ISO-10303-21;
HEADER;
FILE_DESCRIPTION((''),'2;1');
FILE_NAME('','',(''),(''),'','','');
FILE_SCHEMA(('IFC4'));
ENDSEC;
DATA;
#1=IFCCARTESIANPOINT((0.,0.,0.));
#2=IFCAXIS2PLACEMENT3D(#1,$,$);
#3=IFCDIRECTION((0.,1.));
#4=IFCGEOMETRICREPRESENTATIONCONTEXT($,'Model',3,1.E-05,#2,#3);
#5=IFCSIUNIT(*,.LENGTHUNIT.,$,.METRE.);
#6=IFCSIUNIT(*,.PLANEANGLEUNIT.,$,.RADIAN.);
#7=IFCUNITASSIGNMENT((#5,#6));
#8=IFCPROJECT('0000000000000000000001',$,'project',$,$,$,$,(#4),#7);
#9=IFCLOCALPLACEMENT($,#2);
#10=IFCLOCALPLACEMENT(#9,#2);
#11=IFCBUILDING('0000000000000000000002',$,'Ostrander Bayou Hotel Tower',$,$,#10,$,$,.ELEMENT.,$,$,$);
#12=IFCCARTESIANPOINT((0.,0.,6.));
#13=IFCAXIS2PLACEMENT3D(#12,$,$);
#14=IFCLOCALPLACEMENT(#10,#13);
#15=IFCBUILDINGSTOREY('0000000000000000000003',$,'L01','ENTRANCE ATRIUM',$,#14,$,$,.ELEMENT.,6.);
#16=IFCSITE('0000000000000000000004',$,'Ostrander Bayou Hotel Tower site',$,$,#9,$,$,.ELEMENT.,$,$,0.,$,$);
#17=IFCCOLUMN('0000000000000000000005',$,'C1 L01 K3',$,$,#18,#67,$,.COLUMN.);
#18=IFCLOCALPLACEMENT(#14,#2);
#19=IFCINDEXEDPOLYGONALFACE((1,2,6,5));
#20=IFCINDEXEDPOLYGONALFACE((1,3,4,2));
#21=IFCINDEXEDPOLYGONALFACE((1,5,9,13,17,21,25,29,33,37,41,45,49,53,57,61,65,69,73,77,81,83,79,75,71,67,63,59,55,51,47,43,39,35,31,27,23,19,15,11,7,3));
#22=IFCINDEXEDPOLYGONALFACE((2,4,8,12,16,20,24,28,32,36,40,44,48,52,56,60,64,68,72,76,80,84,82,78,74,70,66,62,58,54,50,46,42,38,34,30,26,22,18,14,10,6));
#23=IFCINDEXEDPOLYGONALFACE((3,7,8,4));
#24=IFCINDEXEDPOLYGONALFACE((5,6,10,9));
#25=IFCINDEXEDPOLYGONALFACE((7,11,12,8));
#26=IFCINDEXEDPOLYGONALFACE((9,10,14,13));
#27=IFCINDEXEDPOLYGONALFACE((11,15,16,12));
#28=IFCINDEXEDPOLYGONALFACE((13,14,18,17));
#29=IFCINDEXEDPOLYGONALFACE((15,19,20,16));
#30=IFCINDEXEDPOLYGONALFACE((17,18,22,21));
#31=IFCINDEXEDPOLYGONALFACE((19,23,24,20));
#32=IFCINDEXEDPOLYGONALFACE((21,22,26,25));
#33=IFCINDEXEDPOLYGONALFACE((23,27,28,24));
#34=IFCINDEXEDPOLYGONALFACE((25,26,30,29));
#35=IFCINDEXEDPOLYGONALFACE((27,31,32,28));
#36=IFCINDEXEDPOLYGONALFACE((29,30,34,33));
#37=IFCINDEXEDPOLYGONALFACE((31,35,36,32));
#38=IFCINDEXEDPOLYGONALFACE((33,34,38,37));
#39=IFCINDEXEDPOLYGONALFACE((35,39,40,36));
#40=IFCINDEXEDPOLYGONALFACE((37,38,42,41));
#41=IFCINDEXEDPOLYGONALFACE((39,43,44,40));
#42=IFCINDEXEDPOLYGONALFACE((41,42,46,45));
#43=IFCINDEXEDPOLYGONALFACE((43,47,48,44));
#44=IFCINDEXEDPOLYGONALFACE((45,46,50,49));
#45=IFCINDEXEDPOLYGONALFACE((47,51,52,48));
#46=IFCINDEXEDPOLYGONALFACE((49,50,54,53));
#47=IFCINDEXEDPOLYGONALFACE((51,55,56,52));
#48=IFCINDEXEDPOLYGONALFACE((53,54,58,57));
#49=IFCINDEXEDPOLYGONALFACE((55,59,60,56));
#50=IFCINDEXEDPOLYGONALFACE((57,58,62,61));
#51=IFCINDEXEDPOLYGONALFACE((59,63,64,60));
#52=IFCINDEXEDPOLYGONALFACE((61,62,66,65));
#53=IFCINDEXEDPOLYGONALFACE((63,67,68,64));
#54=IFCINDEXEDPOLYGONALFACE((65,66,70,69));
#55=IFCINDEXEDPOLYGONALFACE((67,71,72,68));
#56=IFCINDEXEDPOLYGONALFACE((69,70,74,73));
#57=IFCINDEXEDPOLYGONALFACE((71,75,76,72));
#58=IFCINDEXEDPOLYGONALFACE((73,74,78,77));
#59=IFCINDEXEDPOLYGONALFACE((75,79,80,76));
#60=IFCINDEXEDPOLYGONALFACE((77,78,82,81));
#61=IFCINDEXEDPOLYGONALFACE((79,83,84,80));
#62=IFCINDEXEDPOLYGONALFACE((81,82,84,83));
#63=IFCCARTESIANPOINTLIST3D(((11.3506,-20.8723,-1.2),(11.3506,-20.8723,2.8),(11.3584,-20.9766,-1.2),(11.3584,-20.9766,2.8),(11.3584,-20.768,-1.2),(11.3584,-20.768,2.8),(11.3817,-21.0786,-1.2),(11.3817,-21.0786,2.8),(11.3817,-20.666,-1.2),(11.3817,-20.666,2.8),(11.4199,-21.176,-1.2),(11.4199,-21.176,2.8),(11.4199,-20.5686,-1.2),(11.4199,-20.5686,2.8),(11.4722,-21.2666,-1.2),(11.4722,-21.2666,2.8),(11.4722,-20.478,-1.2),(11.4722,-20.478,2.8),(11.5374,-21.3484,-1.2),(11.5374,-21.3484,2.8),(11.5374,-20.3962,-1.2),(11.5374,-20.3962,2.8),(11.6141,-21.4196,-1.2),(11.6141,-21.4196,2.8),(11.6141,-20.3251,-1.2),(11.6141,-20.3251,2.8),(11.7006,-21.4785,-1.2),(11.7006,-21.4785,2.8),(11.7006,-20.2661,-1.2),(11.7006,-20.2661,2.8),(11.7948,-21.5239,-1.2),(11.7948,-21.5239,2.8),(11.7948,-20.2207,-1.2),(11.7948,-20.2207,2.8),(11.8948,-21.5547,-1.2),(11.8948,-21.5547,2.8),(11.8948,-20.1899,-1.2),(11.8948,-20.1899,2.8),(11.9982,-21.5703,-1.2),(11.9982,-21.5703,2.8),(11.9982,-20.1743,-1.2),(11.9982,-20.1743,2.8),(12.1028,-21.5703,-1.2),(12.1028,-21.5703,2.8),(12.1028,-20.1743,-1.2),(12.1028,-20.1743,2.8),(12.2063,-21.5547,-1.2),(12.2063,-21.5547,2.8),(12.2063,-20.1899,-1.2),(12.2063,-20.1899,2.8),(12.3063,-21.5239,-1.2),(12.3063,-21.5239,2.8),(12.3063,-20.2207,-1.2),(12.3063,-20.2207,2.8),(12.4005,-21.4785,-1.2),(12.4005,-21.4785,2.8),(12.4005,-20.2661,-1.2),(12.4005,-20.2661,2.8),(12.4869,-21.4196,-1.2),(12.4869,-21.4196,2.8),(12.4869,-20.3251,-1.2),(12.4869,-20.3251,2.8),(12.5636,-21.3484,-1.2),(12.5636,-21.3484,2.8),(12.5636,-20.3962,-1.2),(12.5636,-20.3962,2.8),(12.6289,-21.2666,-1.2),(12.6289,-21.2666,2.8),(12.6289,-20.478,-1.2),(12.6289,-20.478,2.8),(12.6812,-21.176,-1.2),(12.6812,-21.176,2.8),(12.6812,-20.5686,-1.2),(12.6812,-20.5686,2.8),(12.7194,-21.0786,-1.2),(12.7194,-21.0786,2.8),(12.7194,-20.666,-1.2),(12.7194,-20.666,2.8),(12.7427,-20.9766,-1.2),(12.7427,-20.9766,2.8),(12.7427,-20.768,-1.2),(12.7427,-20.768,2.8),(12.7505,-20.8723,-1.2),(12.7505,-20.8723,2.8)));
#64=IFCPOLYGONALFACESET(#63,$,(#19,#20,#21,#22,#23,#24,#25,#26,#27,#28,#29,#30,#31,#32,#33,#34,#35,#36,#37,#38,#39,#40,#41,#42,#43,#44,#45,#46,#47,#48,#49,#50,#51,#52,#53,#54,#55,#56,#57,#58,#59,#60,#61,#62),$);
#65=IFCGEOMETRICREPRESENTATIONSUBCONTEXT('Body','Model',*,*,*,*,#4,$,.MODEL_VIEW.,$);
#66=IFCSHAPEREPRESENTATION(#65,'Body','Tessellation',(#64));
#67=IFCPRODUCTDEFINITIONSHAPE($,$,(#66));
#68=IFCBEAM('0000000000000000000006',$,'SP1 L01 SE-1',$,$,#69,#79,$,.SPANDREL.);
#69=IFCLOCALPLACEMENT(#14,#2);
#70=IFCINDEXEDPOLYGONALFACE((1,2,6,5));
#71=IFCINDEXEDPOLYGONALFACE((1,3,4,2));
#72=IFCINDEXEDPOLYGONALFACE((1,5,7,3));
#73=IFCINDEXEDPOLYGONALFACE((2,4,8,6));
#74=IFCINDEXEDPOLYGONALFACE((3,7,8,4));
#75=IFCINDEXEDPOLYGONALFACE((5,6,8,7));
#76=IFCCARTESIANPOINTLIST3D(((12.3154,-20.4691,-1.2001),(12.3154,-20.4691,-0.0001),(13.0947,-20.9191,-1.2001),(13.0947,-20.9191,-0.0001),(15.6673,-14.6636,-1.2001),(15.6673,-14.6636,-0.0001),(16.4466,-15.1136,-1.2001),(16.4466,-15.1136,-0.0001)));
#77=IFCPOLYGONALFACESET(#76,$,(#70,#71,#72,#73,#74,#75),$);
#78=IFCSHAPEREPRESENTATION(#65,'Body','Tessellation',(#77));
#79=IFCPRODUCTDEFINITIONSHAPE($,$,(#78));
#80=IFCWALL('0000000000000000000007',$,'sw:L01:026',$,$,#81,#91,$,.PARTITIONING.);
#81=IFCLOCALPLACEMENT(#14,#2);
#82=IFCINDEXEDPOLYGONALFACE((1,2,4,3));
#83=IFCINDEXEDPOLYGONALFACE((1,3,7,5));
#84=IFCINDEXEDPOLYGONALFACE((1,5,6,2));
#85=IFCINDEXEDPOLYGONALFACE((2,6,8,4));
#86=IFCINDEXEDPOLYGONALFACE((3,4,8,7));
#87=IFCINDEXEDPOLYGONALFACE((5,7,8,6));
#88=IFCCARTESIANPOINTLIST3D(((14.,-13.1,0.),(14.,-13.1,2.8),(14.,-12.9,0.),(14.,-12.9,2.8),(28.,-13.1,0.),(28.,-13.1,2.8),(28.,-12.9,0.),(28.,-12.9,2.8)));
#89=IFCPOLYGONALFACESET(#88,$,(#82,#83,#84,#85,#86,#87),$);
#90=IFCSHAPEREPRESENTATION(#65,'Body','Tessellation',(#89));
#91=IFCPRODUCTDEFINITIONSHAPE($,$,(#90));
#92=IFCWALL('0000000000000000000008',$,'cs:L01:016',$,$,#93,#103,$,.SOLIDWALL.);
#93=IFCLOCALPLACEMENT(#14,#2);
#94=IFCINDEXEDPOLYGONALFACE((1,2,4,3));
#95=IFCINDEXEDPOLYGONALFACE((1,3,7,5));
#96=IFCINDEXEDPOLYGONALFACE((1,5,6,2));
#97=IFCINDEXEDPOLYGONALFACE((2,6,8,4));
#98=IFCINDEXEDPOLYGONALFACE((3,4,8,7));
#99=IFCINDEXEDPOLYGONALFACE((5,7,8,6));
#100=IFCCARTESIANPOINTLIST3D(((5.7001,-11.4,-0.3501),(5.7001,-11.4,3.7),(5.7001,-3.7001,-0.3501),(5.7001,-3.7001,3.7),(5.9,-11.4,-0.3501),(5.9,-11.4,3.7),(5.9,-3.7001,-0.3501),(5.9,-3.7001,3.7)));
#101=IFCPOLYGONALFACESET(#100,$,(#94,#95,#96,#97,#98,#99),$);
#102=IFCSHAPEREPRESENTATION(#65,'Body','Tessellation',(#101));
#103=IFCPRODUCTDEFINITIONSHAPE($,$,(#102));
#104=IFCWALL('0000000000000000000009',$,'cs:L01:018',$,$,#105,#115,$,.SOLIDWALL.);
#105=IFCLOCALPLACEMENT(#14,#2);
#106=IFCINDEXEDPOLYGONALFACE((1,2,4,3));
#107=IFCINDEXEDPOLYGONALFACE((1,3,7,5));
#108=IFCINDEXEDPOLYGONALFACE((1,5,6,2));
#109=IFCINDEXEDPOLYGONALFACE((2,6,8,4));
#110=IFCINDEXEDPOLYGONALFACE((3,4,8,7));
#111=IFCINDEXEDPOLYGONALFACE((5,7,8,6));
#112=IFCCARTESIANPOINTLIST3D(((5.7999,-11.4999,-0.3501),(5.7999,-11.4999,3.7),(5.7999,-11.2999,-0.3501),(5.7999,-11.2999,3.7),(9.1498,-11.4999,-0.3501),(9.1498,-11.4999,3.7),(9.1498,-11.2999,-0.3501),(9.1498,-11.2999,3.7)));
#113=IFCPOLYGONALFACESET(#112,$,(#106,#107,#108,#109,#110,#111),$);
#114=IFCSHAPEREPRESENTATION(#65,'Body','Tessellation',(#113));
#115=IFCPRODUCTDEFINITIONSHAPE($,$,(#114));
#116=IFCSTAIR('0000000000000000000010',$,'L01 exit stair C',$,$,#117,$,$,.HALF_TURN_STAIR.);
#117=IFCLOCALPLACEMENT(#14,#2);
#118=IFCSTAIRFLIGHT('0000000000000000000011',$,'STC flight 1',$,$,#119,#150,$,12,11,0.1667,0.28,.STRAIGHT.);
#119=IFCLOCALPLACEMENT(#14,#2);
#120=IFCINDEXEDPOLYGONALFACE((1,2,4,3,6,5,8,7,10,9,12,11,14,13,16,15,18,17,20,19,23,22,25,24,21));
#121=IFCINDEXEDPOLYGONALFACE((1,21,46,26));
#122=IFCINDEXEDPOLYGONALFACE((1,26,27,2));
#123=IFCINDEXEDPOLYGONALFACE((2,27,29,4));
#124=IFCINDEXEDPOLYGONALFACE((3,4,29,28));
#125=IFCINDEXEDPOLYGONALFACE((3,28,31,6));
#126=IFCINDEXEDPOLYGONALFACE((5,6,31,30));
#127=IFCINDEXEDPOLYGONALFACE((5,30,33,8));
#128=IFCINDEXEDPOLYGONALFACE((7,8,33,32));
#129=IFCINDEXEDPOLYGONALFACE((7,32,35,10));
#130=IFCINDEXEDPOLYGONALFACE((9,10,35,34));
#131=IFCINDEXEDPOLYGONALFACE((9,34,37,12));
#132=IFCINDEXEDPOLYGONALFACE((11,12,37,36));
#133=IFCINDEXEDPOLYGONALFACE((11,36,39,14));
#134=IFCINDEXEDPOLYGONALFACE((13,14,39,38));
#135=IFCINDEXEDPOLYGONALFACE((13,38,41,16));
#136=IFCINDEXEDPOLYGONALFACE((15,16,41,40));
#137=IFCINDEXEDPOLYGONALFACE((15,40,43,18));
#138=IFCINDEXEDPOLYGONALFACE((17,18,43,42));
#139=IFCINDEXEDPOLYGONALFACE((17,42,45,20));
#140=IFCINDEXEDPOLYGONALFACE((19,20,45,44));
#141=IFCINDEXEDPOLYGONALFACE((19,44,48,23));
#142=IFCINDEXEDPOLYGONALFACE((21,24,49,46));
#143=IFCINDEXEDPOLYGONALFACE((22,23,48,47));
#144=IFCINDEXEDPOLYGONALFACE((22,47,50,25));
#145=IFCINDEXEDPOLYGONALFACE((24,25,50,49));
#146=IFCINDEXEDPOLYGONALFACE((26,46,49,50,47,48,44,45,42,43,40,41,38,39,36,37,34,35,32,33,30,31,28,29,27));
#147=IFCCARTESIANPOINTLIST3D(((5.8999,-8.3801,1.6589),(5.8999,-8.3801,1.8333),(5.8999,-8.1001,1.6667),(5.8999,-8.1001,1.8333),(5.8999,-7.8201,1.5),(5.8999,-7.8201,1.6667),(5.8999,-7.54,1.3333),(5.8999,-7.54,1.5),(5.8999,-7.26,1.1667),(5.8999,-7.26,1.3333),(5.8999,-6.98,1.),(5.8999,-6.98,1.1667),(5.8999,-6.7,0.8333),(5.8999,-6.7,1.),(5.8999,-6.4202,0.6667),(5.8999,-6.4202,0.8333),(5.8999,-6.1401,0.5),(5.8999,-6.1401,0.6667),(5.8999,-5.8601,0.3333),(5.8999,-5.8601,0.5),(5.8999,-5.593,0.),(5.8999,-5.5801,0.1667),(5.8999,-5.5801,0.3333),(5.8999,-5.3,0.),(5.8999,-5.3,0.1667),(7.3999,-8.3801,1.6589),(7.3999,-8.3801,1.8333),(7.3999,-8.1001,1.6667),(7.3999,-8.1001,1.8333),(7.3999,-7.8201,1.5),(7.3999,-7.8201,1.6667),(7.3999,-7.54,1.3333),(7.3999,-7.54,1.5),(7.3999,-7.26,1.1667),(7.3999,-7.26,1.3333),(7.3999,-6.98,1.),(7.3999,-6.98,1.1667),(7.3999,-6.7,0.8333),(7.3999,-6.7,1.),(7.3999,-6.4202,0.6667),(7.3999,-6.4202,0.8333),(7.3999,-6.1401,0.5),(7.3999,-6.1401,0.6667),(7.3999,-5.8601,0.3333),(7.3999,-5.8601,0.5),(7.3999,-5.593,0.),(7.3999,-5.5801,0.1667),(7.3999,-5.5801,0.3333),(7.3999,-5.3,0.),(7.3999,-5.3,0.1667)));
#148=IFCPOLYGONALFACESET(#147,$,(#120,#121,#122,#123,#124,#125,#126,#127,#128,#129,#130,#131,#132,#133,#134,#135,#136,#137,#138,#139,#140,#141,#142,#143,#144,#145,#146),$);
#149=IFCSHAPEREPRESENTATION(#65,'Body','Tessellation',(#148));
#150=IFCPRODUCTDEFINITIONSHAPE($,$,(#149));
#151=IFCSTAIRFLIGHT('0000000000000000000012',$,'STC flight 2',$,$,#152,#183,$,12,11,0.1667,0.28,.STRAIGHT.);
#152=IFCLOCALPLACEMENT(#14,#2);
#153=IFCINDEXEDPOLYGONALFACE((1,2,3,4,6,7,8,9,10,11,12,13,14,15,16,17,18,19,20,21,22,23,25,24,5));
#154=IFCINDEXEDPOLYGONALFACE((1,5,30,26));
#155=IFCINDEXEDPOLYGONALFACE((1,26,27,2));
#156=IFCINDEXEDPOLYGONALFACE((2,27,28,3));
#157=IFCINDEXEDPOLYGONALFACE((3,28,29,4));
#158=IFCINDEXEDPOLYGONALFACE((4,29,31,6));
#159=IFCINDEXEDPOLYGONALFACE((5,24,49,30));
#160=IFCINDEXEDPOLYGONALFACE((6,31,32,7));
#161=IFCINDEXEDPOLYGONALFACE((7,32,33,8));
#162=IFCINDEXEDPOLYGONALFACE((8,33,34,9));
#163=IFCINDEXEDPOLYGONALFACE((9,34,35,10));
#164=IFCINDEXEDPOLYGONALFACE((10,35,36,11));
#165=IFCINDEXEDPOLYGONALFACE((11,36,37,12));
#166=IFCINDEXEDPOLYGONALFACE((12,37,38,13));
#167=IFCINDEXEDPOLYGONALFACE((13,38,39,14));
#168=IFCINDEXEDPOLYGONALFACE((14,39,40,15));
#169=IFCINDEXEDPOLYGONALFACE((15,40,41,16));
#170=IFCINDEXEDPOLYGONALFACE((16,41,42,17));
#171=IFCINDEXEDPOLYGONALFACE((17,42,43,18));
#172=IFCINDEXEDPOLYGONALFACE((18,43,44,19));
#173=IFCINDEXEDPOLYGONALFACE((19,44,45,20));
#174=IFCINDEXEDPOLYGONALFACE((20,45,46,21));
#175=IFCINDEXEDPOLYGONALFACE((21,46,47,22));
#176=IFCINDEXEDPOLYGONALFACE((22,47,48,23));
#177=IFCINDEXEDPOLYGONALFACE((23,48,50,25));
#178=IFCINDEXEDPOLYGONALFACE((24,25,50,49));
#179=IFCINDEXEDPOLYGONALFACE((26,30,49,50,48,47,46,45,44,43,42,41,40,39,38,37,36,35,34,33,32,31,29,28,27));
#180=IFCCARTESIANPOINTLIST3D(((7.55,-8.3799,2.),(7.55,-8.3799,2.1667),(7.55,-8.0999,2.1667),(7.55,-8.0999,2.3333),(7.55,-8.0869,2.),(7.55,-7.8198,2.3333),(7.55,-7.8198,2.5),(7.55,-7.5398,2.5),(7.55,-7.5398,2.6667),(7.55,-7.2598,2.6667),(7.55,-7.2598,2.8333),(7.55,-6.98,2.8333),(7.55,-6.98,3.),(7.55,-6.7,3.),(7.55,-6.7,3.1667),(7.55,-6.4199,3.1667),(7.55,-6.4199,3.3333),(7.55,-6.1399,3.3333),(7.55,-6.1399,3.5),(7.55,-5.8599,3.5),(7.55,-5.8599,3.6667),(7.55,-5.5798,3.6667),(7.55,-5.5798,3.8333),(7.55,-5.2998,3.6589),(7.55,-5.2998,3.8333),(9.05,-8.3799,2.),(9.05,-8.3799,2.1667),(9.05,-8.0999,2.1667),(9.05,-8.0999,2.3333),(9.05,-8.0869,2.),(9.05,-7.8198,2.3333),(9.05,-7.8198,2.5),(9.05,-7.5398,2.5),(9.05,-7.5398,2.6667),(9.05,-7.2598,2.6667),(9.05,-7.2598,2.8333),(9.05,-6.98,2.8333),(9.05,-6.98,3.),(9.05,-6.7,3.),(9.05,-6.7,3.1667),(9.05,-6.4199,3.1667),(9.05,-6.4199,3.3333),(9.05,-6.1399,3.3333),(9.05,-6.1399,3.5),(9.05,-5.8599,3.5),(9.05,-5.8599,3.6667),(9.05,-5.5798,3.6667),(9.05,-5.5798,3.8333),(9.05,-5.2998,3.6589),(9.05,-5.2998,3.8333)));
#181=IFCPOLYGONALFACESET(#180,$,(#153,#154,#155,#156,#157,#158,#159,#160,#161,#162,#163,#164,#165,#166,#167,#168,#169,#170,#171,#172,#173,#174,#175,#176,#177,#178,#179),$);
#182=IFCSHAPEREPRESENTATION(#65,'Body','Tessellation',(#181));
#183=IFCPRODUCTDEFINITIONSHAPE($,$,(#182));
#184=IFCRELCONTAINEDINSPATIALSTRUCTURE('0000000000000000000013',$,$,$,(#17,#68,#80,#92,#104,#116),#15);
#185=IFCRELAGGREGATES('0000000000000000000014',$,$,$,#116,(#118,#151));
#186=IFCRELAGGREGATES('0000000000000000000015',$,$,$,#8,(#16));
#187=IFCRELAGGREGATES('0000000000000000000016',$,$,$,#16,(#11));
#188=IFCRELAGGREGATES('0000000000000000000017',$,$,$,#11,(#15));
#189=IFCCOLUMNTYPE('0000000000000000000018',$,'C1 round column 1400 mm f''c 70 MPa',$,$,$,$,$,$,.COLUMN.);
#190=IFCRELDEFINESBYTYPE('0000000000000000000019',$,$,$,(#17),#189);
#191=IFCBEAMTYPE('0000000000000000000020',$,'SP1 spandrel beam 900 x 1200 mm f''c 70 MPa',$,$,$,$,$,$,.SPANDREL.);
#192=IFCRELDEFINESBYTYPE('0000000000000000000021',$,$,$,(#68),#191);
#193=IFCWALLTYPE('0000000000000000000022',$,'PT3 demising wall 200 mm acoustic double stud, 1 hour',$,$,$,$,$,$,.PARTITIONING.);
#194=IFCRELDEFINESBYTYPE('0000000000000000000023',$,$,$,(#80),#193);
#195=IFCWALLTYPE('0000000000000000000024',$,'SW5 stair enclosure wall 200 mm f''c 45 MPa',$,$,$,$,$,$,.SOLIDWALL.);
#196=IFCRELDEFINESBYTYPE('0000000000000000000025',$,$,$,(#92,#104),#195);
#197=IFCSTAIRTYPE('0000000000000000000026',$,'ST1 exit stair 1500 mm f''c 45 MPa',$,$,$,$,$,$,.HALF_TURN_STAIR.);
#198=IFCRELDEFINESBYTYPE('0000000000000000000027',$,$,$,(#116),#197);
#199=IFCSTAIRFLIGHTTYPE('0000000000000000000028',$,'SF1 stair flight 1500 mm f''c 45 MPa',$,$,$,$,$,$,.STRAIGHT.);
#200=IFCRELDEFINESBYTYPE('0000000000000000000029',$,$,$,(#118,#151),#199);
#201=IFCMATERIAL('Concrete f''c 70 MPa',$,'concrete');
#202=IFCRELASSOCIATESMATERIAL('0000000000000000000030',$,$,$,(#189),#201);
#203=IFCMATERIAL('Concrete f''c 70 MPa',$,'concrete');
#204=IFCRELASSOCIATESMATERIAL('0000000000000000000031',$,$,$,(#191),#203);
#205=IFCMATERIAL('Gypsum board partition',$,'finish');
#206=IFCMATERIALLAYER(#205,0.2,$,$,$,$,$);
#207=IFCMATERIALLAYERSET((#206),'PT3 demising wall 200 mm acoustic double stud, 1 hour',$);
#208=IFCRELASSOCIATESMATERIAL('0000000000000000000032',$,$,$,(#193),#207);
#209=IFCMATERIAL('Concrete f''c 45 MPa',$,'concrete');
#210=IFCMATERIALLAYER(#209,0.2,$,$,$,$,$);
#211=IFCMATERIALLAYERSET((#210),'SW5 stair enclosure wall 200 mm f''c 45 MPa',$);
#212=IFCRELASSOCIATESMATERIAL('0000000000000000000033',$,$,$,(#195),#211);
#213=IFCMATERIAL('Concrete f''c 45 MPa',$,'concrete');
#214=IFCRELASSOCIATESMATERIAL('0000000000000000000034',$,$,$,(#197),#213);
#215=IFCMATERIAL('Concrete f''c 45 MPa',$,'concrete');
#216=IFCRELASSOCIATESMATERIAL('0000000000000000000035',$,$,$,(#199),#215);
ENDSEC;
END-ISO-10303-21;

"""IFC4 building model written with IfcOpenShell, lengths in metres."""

from ifc_helpers import new_model, si_unit, direction, frame, frame_2d, origin, origin_2d, place, context, subcontext, project, spatial, polyline, rectangle, circle, outline, extrude, material, layer, layer_set, material_profile, profile_set, type_object, element, aggregate, save


model = new_model("IFC4")

# Units and contexts
model_context = context("Model", 3, precision=1e-05, world=origin(), true_north=direction((0.0, 1.0)))
body_context = subcontext(model_context, "Body", "Model", "MODEL_VIEW")
ifc_project = project(units=[si_unit("LENGTHUNIT", "METRE"), si_unit("PLANEANGLEUNIT", "RADIAN")], contexts=[model_context])

# Site, building, storey
site_placement = place(None, origin())
site = spatial("IfcSite", under=ifc_project, at=site_placement, Name="Ostrander Bayou Hotel Tower site", CompositionType="ELEMENT", RefElevation=0.0)
building_placement = place(site_placement, origin())
building = spatial("IfcBuilding", under=site, at=building_placement, Name="Ostrander Bayou Hotel Tower", CompositionType="ELEMENT")
storey_placement = place(building_placement, frame((0.0, 0.0, 6.0)))
storey = spatial("IfcBuildingStorey", under=building, at=storey_placement, Name="L01", Description="ENTRANCE ATRIUM", CompositionType="ELEMENT", Elevation=6.0)

# Column
ifc_material_1 = material(Name="Concrete f'c 70 MPa", Category="concrete")
ifc_material_profile_1 = material_profile(ifc_material_1, circle(Radius=0.7, at=origin_2d()))
ifc_profile_set_1 = profile_set([ifc_material_profile_1], Name="Concrete f'c 70 MPa")
column_type = type_object("IfcColumnType", Name="C1 round column 1400 mm f'c 70 MPa", PredefinedType="COLUMN", material=ifc_profile_set_1)
column_placement = place(storey_placement, frame((12.0505, -20.8723, -1.2), z_axis=(0.0, 0.0, 1.0), x_axis=(1.0, 0.0, 0.0)))
element("IfcColumn", 1, at=column_placement, inside=storey, type_object=column_type, Name="C1 L01 K3", PredefinedType="COLUMN", context=body_context, shape_type="SweptSolid", body=[
    extrude(circle(Radius=0.7, at=origin_2d()), origin(), (0.0, 0.0, 1.0), 4.0),
])

# Beam
ifc_material_2 = material(Name="Concrete f'c 70 MPa", Category="concrete")
ifc_material_profile_2 = material_profile(ifc_material_2, rectangle(XDim=0.8999, YDim=1.2, at=origin_2d()))
ifc_profile_set_2 = profile_set([ifc_material_profile_2], Name="Concrete f'c 70 MPa")
beam_type = type_object("IfcBeamType", Name="SP1 spandrel beam 900 x 1200 mm f'c 70 MPa", PredefinedType="SPANDREL", material=ifc_profile_set_2)
beam_placement = place(storey_placement, frame((12.7051, -20.6941, -0.6001), z_axis=(0.500005, 0.866022, 0.0), x_axis=(-0.866022, 0.500005, 0.0)))
element("IfcBeam", 2, at=beam_placement, inside=storey, type_object=beam_type, Name="SP1 L01 SE-1", PredefinedType="SPANDREL", context=body_context, shape_type="SweptSolid", body=[
    extrude(rectangle(XDim=0.8999, YDim=1.2, at=origin_2d()), origin(), (0.0, 0.0, 1.0), 6.7036),
])

# Wall
ifc_material_3 = material(Name="Gypsum board partition", Category="finish")
ifc_layer_1 = layer(ifc_material_3, 0.2)
ifc_layer_set_1 = layer_set([ifc_layer_1], Name="PT3 demising wall 200 mm acoustic double stud, 1 hour")
wall_type_1 = type_object("IfcWallType", Name="PT3 demising wall 200 mm acoustic double stud, 1 hour", PredefinedType="PARTITIONING", material=ifc_layer_set_1)
wall_1_placement = place(storey_placement, frame((14.0, -13.0, 0.0), z_axis=(0.0, 0.0, 1.0), x_axis=(1.0, 0.0, 0.0)))
element("IfcWall", 3, at=wall_1_placement, inside=storey, type_object=wall_type_1, Name="sw:L01:026", PredefinedType="PARTITIONING", context=body_context, shape_type="SweptSolid", body=[
    extrude(rectangle(XDim=14.0, YDim=0.2, at=frame_2d((7.0, 0.0))), origin(), (0.0, 0.0, 1.0), 2.8),
])

# Shared definitions
ifc_material_4 = material(Name="Concrete f'c 45 MPa", Category="concrete")
ifc_layer_2 = layer(ifc_material_4, 0.2)
ifc_layer_set_2 = layer_set([ifc_layer_2], Name="SW5 stair enclosure wall 200 mm f'c 45 MPa")
wall_type_2 = type_object("IfcWallType", Name="SW5 stair enclosure wall 200 mm f'c 45 MPa", PredefinedType="SOLIDWALL", material=ifc_layer_set_2)

# Walls
wall_2_placement = place(storey_placement, frame((5.8, -3.7, -0.3501), z_axis=(0.0, 0.0, 1.0), x_axis=(0.0, -1.0, 0.0)))
element("IfcWall", 4, at=wall_2_placement, inside=storey, type_object=wall_type_2, Name="cs:L01:016", PredefinedType="SOLIDWALL", context=body_context, shape_type="SweptSolid", body=[
    extrude(rectangle(XDim=7.7, YDim=0.2, at=frame_2d((3.8501, 0.0))), origin(), (0.0, 0.0, 1.0), 4.05),
])
wall_3_placement = place(storey_placement, frame((5.8, -11.3999, -0.3501), z_axis=(0.0, 0.0, 1.0), x_axis=(1.0, 0.0, 0.0)))
element("IfcWall", 5, at=wall_3_placement, inside=storey, type_object=wall_type_2, Name="cs:L01:018", PredefinedType="SOLIDWALL", context=body_context, shape_type="SweptSolid", body=[
    extrude(rectangle(XDim=3.3499, YDim=0.2, at=frame_2d((1.6748, 0.0))), origin(), (0.0, 0.0, 1.0), 4.05),
])

# Stair, stair flights
ifc_material_5 = material(Name="Concrete f'c 45 MPa", Category="concrete")
stair_type = type_object("IfcStairType", Name="ST1 exit stair 1500 mm f'c 45 MPa", PredefinedType="HALF_TURN_STAIR", material=ifc_material_5)
stair_placement = place(storey_placement, origin())
stair = element("IfcStair", 6, at=stair_placement, inside=storey, type_object=stair_type, Name="L01 exit stair C", PredefinedType="HALF_TURN_STAIR")
ifc_material_6 = material(Name="Concrete f'c 45 MPa", Category="concrete")
stair_flight_type = type_object("IfcStairFlightType", Name="SF1 stair flight 1500 mm f'c 45 MPa", PredefinedType="STRAIGHT", material=ifc_material_6)
stair_flight_1_placement = place(storey_placement, frame((6.6499, -5.3, 0.0), z_axis=(0.0, 0.0, 1.0), x_axis=(0.0, -1.0, 0.0)))
stair_flight_1 = element("IfcStairFlight", 7, at=stair_flight_1_placement, type_object=stair_flight_type, Name="STC flight 1", NumberOfRisers=12, NumberOfTreads=11, PredefinedType="STRAIGHT", RiserHeight=0.1667, TreadLength=0.28, context=body_context, shape_type="SweptSolid", body=[
    extrude(outline(polyline([(0.0, 0.0), (0.0, 0.1667), (0.28, 0.1667), (0.28, 0.3333), (0.5601, 0.3333), (0.5601, 0.5), (0.8401, 0.5), (0.8401, 0.6667), (1.1201, 0.6667), (1.1201, 0.8333), (1.3999, 0.8333), (1.3999, 1.0), (1.6799, 1.0), (1.6799, 1.1667), (1.96, 1.1667), (1.96, 1.3333), (2.24, 1.3333), (2.24, 1.5), (2.52, 1.5), (2.52, 1.6667), (2.8, 1.6667), (2.8, 1.8333), (3.0801, 1.8333), (3.0801, 2.0), (3.0801, 1.6589), (0.293, 0.0), (0.0, 0.0)])), frame((0.0, 0.75, 0.0), z_axis=(0.0, -1.0, 0.0), x_axis=(1.0, 0.0, 0.0)), (0.0, 0.0, 1.0), 1.5),
])
stair_flight_2_placement = place(storey_placement, frame((8.3, -8.3799, 2.0), z_axis=(0.0, 0.0, 1.0), x_axis=(0.0, 1.0, 0.0)))
stair_flight_2 = element("IfcStairFlight", 8, at=stair_flight_2_placement, type_object=stair_flight_type, Name="STC flight 2", NumberOfRisers=12, NumberOfTreads=11, PredefinedType="STRAIGHT", RiserHeight=0.1667, TreadLength=0.28, context=body_context, shape_type="SweptSolid", body=[
    extrude(outline(polyline([(0.0, 0.0), (0.0, 0.1667), (0.28, 0.1667), (0.28, 0.3333), (0.5601, 0.3333), (0.5601, 0.5), (0.8401, 0.5), (0.8401, 0.6667), (1.1201, 0.6667), (1.1201, 0.8333), (1.3999, 0.8333), (1.3999, 1.0), (1.6799, 1.0), (1.6799, 1.1667), (1.96, 1.1667), (1.96, 1.3333), (2.24, 1.3333), (2.24, 1.5), (2.52, 1.5), (2.52, 1.6667), (2.8, 1.6667), (2.8, 1.8333), (3.0801, 1.8333), (3.0801, 2.0), (3.0801, 1.6589), (0.293, 0.0), (0.0, 0.0)])), frame((0.0, 0.75, 0.0), z_axis=(0.0, -1.0, 0.0), x_axis=(1.0, 0.0, 0.0)), (0.0, 0.0, 1.0), 1.5),
])
aggregate(stair, [stair_flight_1, stair_flight_2])

save(model, "model.ifc")
